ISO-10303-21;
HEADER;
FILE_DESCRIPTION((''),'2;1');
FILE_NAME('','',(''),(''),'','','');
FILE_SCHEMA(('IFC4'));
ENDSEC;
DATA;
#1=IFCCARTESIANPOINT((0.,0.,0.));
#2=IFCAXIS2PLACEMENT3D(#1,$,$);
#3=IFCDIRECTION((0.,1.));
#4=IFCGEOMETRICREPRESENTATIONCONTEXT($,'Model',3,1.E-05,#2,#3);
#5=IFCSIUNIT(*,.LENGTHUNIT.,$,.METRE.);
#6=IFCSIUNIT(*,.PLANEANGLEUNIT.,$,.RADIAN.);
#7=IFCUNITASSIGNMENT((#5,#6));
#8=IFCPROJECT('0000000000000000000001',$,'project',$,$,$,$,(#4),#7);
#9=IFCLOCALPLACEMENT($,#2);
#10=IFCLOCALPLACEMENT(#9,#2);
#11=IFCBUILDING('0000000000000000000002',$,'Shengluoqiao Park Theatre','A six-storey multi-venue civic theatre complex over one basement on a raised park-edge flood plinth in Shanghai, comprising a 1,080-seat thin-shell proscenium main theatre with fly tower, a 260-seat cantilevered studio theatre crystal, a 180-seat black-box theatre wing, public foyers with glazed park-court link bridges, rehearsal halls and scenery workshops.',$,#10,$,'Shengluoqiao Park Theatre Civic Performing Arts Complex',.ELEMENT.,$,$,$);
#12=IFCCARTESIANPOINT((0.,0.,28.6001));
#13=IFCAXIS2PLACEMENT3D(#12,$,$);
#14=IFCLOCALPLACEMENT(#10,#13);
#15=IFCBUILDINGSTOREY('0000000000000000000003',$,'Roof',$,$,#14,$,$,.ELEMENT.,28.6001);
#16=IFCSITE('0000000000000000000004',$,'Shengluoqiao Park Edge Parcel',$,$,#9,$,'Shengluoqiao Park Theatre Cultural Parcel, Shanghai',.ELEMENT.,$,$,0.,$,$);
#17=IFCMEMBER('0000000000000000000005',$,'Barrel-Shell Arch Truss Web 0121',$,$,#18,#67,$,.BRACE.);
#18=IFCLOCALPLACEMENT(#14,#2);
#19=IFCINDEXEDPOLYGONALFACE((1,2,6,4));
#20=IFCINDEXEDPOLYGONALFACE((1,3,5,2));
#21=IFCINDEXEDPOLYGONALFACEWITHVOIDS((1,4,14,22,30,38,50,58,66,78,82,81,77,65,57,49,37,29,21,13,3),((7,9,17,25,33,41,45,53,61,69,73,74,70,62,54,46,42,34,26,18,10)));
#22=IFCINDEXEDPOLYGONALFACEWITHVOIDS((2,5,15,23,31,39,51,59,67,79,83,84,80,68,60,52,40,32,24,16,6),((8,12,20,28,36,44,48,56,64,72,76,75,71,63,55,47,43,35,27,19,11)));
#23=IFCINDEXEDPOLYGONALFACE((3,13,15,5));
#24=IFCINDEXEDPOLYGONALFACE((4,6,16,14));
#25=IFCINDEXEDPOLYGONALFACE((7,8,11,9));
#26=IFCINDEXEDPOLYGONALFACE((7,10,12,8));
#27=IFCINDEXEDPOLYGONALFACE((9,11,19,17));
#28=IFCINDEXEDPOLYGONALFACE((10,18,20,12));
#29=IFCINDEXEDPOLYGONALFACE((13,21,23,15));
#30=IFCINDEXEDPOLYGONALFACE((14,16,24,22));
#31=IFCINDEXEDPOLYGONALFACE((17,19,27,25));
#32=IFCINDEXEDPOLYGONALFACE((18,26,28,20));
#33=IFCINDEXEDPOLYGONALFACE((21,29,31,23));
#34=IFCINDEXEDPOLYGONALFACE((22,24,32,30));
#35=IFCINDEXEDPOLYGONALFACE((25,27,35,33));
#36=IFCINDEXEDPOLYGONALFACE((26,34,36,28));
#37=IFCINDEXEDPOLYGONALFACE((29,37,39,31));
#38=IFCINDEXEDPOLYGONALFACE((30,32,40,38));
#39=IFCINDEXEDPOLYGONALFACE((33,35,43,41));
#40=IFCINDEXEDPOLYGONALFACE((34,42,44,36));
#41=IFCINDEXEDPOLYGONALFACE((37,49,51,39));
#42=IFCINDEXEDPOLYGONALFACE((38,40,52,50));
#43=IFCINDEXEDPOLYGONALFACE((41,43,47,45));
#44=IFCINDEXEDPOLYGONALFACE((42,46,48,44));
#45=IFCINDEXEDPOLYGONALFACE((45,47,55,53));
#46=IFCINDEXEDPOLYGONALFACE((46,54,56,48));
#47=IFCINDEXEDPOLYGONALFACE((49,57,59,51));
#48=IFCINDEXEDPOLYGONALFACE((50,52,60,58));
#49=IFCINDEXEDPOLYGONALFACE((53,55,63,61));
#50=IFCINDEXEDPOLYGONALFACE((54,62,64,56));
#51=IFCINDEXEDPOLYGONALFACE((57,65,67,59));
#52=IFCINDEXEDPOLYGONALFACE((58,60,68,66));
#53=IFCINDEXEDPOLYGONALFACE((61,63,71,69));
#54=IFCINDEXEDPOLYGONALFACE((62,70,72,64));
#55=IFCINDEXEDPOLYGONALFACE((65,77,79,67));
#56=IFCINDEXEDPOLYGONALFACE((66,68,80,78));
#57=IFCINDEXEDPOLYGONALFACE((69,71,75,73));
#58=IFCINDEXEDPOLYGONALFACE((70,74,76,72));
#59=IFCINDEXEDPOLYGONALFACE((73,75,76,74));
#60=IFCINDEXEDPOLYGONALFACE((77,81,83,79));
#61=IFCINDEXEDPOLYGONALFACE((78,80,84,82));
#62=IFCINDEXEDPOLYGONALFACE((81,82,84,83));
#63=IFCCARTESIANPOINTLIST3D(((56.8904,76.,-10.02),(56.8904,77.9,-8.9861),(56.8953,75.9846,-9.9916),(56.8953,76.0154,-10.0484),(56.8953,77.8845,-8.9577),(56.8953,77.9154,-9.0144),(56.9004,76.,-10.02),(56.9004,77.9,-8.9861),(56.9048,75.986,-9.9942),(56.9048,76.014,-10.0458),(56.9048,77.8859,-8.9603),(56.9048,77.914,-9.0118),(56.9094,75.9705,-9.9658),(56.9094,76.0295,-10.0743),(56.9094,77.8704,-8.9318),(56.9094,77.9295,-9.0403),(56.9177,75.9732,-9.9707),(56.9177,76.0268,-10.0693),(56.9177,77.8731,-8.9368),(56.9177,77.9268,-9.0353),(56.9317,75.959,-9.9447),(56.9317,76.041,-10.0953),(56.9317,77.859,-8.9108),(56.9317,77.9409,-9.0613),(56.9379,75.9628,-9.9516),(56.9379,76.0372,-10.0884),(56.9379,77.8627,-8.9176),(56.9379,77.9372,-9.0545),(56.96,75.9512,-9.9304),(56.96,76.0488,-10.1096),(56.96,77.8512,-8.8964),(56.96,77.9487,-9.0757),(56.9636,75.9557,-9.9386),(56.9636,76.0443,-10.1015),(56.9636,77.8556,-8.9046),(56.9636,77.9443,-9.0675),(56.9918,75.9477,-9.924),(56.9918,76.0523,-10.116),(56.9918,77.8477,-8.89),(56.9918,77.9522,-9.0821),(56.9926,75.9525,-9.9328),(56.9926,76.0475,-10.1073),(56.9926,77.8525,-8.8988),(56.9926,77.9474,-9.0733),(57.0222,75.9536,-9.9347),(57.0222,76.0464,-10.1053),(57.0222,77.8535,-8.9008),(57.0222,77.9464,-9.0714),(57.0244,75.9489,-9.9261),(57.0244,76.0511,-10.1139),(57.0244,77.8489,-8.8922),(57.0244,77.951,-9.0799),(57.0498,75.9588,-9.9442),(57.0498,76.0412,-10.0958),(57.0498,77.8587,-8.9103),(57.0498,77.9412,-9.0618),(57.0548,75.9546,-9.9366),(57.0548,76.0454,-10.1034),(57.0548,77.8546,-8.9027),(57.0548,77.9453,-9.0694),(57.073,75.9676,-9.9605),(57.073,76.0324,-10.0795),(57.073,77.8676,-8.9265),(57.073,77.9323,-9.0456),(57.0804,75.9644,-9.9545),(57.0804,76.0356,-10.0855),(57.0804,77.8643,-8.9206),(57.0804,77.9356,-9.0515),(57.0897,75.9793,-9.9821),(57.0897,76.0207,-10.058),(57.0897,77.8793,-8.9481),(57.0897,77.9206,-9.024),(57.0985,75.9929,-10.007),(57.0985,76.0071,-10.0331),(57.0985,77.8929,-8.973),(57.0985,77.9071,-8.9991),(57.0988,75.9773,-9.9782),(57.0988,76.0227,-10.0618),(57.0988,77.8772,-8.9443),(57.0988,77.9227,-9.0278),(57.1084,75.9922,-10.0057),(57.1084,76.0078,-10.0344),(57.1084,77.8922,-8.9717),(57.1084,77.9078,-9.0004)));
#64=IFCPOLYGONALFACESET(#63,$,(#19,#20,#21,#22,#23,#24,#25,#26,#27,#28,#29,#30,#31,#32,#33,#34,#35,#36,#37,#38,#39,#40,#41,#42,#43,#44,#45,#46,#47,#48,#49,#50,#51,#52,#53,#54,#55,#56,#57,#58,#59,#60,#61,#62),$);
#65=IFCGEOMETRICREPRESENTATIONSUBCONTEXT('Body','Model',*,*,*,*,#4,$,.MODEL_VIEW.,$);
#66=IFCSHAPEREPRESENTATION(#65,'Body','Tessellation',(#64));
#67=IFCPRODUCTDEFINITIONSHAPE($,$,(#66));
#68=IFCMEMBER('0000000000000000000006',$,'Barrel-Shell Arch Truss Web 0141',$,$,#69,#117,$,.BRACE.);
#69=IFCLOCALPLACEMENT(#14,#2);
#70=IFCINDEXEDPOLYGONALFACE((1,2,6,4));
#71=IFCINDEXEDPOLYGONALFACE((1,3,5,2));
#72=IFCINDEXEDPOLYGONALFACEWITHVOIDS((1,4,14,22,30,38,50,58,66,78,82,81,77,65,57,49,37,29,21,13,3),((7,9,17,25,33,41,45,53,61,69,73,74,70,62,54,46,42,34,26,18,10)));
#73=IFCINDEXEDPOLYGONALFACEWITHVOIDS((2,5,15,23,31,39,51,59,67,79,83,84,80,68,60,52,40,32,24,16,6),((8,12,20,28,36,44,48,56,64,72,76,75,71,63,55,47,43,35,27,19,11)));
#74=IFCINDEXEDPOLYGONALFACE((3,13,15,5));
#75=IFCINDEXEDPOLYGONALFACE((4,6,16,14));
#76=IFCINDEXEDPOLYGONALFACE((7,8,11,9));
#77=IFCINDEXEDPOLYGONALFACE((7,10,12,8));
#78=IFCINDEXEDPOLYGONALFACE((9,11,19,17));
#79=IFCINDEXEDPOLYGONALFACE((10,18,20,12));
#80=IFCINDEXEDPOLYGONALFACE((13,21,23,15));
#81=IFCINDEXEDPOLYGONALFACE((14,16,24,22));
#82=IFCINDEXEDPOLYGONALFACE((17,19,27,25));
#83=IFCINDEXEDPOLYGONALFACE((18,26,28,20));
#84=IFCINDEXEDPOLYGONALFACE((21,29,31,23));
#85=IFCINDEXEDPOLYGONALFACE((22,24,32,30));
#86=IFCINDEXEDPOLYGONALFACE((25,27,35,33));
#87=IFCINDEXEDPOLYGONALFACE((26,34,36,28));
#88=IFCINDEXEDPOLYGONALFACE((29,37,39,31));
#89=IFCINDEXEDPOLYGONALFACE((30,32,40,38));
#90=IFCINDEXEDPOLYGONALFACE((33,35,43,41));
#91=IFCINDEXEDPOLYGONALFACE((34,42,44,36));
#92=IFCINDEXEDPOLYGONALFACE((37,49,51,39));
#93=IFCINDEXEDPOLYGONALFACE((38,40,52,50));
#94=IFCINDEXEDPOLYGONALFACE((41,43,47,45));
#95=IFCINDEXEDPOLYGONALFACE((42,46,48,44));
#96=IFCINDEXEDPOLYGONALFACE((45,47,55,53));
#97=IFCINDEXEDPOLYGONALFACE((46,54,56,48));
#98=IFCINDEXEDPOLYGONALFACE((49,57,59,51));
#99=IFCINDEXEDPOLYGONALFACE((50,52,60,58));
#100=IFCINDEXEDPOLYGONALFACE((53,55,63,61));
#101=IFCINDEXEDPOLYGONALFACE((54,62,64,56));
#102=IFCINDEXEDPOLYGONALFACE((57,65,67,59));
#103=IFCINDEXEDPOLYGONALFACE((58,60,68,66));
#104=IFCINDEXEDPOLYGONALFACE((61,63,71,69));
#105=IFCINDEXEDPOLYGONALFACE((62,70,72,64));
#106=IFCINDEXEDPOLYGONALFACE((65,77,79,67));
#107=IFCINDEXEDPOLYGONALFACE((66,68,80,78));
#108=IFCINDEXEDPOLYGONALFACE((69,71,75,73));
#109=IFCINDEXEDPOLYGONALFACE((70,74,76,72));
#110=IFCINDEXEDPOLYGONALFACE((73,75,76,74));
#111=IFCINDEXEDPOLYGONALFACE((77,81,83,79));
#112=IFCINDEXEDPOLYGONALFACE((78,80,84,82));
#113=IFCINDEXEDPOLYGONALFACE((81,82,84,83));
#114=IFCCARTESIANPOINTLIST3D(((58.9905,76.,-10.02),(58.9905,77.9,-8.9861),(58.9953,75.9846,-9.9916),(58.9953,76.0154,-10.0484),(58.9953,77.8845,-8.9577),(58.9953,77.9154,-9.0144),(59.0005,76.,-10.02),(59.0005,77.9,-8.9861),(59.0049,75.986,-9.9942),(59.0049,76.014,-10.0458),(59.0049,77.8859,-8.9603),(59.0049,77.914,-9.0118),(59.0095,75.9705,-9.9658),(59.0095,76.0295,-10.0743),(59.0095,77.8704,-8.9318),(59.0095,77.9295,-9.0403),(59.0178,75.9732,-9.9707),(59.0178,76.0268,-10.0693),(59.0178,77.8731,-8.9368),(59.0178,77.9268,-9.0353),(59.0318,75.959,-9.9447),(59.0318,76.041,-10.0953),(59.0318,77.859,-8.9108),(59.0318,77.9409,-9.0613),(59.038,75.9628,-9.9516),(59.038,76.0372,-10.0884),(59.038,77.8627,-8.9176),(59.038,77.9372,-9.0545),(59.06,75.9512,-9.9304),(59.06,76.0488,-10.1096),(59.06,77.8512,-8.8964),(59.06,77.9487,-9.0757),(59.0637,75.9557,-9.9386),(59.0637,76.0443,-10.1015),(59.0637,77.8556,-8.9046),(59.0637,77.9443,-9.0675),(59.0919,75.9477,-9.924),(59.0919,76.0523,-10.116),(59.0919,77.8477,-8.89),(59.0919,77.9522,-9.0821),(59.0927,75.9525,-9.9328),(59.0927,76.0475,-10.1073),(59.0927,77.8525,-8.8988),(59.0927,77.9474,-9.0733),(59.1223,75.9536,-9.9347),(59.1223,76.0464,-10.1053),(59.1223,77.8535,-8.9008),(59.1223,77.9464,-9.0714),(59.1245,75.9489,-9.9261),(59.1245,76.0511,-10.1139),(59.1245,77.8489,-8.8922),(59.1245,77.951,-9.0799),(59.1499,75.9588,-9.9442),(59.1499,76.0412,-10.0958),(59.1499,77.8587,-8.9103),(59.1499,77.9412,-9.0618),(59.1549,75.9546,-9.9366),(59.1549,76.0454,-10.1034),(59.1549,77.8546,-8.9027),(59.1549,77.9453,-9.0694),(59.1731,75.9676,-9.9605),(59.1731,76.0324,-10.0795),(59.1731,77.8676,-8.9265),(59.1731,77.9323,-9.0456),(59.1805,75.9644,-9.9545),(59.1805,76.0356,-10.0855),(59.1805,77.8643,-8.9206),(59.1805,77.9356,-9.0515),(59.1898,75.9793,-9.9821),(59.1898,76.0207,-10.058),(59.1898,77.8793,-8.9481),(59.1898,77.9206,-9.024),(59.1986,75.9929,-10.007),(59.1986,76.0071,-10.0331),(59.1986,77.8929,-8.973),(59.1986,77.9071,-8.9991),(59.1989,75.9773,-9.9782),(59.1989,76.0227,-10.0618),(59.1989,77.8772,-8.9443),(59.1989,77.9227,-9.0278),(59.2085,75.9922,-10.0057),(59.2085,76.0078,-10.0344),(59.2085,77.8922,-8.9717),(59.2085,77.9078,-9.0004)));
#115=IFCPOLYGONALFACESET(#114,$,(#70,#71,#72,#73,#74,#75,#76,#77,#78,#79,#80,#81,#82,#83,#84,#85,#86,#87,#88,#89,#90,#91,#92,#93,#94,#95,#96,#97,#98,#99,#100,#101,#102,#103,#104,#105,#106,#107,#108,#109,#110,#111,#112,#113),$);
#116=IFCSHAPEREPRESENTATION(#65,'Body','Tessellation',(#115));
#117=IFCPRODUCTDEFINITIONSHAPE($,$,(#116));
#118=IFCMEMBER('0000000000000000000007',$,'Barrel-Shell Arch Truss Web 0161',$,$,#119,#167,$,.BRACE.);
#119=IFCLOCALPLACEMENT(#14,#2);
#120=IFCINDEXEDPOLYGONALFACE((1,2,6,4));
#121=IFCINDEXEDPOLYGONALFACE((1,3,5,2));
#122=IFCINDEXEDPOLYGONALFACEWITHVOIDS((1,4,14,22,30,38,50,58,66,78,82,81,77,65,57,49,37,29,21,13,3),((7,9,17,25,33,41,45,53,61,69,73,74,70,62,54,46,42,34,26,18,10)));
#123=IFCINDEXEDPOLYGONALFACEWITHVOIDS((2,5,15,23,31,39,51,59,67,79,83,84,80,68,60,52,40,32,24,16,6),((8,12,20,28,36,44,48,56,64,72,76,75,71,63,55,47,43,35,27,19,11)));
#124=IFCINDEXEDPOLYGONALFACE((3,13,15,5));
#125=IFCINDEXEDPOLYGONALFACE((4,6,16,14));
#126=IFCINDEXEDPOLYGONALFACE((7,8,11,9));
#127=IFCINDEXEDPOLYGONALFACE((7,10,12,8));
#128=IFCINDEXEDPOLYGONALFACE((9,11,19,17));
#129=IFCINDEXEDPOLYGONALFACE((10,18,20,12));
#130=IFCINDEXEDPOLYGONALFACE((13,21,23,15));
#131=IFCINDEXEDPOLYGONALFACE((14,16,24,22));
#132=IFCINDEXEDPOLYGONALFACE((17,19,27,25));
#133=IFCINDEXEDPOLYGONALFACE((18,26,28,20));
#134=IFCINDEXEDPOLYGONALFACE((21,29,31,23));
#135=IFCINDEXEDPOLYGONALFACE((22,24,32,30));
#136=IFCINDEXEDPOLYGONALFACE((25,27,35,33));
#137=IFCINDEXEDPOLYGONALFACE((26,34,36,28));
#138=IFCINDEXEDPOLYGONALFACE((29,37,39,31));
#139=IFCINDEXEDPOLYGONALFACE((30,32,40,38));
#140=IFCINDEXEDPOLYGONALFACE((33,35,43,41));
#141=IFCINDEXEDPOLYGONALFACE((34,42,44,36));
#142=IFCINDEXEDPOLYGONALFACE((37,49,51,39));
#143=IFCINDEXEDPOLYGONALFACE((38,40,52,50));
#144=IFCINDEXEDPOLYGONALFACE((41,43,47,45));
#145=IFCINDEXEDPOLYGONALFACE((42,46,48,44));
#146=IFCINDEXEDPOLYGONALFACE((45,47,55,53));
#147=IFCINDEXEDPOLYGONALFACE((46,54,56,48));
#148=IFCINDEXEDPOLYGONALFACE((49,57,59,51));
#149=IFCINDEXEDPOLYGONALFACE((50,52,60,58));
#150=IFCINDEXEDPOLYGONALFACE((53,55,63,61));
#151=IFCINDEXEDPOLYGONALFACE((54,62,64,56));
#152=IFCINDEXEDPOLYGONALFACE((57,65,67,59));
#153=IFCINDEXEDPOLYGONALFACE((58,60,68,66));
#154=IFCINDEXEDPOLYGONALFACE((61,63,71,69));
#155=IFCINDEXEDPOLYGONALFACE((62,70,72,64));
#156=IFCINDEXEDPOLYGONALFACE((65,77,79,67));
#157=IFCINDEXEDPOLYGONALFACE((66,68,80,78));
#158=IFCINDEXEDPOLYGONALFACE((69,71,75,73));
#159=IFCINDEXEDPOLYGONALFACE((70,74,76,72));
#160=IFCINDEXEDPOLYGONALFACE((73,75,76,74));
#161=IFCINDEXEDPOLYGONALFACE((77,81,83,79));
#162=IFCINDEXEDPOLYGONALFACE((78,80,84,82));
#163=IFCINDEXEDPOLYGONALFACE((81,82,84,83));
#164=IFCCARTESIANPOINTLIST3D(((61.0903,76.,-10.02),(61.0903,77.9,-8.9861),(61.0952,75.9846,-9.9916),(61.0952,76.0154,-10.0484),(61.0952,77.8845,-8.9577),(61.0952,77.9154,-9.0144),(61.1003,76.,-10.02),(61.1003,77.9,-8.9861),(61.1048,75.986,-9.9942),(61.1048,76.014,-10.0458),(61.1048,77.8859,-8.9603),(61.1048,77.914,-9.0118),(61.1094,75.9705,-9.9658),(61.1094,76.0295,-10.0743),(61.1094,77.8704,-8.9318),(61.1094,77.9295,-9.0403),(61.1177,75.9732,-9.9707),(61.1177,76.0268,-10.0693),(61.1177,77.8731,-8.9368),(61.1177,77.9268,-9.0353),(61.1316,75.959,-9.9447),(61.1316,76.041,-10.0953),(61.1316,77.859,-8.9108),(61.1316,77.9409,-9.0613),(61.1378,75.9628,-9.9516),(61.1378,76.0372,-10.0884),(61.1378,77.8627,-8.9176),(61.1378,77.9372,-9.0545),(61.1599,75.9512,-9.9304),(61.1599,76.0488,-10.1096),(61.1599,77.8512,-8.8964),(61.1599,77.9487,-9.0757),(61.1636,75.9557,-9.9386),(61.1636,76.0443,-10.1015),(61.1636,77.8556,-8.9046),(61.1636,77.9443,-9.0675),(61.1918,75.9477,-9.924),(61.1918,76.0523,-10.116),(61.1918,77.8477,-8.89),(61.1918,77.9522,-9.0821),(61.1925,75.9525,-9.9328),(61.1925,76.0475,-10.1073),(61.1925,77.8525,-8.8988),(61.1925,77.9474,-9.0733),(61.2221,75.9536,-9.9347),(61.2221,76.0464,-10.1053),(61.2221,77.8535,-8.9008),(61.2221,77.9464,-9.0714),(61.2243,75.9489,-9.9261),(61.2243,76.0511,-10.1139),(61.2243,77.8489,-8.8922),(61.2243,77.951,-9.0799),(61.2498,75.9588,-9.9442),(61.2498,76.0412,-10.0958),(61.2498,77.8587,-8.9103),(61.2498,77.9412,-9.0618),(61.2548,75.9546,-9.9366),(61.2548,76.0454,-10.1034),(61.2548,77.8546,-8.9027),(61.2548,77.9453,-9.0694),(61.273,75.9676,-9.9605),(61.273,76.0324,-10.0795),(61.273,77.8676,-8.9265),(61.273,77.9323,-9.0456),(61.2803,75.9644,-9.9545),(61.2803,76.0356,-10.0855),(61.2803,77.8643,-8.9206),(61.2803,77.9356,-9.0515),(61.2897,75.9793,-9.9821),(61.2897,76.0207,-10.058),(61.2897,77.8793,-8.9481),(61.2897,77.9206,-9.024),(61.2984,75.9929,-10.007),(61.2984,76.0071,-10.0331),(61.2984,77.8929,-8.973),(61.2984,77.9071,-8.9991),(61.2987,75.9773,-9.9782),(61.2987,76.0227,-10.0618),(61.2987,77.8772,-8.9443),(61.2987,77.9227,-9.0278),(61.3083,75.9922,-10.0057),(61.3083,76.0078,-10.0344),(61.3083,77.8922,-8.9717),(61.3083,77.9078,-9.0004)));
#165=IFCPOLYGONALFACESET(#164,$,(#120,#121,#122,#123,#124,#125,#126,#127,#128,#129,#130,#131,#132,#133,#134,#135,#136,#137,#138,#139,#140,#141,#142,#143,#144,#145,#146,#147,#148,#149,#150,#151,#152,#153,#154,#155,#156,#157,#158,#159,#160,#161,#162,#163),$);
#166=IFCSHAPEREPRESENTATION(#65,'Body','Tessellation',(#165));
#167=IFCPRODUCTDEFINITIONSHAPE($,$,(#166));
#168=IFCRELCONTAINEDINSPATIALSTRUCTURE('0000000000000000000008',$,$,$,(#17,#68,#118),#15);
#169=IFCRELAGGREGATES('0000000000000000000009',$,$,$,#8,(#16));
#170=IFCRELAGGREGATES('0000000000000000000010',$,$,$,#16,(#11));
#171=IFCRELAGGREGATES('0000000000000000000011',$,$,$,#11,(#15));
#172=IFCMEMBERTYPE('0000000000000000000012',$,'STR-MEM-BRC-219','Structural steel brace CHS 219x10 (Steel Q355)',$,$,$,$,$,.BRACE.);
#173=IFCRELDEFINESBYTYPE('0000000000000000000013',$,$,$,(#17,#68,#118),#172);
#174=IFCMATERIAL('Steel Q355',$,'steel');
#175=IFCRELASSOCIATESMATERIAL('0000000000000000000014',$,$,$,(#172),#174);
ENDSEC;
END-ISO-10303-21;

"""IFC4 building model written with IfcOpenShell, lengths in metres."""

from ifc_helpers import new_model, si_unit, direction, frame, origin, origin_2d, place, context, subcontext, project, spatial, hollow_circle, extrude, material, material_profile, profile_set, type_object, element, save


model = new_model("IFC4")

# Units and contexts
model_context = context("Model", 3, precision=1e-05, world=origin(), true_north=direction((0.0, 1.0)))
body_context = subcontext(model_context, "Body", "Model", "MODEL_VIEW")
ifc_project = project(units=[si_unit("LENGTHUNIT", "METRE"), si_unit("PLANEANGLEUNIT", "RADIAN")], contexts=[model_context])

# Site, building, storey
site_placement = place(None, origin())
site = spatial("IfcSite", under=ifc_project, at=site_placement, Name="Shengluoqiao Park Edge Parcel", LongName="Shengluoqiao Park Theatre Cultural Parcel, Shanghai", CompositionType="ELEMENT", RefElevation=0.0)
building_placement = place(site_placement, origin())
building = spatial("IfcBuilding", under=site, at=building_placement, Name="Shengluoqiao Park Theatre", Description="A six-storey multi-venue civic theatre complex over one basement on a raised park-edge flood plinth in Shanghai, comprising a 1,080-seat thin-shell proscenium main theatre with fly tower, a 260-seat cantilevered studio theatre crystal, a 180-seat black-box theatre wing, public foyers with glazed park-court link bridges, rehearsal halls and scenery workshops.", LongName="Shengluoqiao Park Theatre Civic Performing Arts Complex", CompositionType="ELEMENT")
storey_placement = place(building_placement, frame((0.0, 0.0, 28.6001)))
storey = spatial("IfcBuildingStorey", under=building, at=storey_placement, Name="Roof", CompositionType="ELEMENT", Elevation=28.6001)

# Shared definitions
ifc_material_1 = material(Name="Steel Q355", Category="steel")

# Members
ifc_material_profile_1 = material_profile(ifc_material_1, hollow_circle(Radius=0.1096, WallThickness=0.01, at=origin_2d()), Name="CHS 219x10")
ifc_profile_set_1 = profile_set([ifc_material_profile_1], Name="Steel Q355")
member_type = type_object("IfcMemberType", Name="STR-MEM-BRC-219", Description="Structural steel brace CHS 219x10 (Steel Q355)", PredefinedType="BRACE", material=ifc_profile_set_1)
for number, where, z_axis, x_axis, name in (
    (1, (57.0, 76.0, -10.02), (0.0, 0.878357, 0.478006), (-1.0, 0.0, 0.0), "Barrel-Shell Arch Truss Web 0121"),
    (2, (59.1001, 76.0, -10.02), (0.0, 0.878357, 0.478006), (-1.0, 0.0, 0.0), "Barrel-Shell Arch Truss Web 0141"),
    (3, (61.2, 76.0, -10.02), (0.0, 0.878357, 0.478006), (-1.0, 0.0, 0.0), "Barrel-Shell Arch Truss Web 0161"),
):
    element("IfcMember", number, at=place(storey_placement, frame(where, z_axis=z_axis, x_axis=x_axis)), inside=storey, type_object=member_type, Name=name, PredefinedType="BRACE", context=body_context, shape_type="SweptSolid", body=[
        extrude(hollow_circle(Radius=0.1096, WallThickness=0.01, at=origin_2d()), origin(), (0.0, 0.0, 1.0), 2.1631),
    ])

save(model, "model.ifc")
